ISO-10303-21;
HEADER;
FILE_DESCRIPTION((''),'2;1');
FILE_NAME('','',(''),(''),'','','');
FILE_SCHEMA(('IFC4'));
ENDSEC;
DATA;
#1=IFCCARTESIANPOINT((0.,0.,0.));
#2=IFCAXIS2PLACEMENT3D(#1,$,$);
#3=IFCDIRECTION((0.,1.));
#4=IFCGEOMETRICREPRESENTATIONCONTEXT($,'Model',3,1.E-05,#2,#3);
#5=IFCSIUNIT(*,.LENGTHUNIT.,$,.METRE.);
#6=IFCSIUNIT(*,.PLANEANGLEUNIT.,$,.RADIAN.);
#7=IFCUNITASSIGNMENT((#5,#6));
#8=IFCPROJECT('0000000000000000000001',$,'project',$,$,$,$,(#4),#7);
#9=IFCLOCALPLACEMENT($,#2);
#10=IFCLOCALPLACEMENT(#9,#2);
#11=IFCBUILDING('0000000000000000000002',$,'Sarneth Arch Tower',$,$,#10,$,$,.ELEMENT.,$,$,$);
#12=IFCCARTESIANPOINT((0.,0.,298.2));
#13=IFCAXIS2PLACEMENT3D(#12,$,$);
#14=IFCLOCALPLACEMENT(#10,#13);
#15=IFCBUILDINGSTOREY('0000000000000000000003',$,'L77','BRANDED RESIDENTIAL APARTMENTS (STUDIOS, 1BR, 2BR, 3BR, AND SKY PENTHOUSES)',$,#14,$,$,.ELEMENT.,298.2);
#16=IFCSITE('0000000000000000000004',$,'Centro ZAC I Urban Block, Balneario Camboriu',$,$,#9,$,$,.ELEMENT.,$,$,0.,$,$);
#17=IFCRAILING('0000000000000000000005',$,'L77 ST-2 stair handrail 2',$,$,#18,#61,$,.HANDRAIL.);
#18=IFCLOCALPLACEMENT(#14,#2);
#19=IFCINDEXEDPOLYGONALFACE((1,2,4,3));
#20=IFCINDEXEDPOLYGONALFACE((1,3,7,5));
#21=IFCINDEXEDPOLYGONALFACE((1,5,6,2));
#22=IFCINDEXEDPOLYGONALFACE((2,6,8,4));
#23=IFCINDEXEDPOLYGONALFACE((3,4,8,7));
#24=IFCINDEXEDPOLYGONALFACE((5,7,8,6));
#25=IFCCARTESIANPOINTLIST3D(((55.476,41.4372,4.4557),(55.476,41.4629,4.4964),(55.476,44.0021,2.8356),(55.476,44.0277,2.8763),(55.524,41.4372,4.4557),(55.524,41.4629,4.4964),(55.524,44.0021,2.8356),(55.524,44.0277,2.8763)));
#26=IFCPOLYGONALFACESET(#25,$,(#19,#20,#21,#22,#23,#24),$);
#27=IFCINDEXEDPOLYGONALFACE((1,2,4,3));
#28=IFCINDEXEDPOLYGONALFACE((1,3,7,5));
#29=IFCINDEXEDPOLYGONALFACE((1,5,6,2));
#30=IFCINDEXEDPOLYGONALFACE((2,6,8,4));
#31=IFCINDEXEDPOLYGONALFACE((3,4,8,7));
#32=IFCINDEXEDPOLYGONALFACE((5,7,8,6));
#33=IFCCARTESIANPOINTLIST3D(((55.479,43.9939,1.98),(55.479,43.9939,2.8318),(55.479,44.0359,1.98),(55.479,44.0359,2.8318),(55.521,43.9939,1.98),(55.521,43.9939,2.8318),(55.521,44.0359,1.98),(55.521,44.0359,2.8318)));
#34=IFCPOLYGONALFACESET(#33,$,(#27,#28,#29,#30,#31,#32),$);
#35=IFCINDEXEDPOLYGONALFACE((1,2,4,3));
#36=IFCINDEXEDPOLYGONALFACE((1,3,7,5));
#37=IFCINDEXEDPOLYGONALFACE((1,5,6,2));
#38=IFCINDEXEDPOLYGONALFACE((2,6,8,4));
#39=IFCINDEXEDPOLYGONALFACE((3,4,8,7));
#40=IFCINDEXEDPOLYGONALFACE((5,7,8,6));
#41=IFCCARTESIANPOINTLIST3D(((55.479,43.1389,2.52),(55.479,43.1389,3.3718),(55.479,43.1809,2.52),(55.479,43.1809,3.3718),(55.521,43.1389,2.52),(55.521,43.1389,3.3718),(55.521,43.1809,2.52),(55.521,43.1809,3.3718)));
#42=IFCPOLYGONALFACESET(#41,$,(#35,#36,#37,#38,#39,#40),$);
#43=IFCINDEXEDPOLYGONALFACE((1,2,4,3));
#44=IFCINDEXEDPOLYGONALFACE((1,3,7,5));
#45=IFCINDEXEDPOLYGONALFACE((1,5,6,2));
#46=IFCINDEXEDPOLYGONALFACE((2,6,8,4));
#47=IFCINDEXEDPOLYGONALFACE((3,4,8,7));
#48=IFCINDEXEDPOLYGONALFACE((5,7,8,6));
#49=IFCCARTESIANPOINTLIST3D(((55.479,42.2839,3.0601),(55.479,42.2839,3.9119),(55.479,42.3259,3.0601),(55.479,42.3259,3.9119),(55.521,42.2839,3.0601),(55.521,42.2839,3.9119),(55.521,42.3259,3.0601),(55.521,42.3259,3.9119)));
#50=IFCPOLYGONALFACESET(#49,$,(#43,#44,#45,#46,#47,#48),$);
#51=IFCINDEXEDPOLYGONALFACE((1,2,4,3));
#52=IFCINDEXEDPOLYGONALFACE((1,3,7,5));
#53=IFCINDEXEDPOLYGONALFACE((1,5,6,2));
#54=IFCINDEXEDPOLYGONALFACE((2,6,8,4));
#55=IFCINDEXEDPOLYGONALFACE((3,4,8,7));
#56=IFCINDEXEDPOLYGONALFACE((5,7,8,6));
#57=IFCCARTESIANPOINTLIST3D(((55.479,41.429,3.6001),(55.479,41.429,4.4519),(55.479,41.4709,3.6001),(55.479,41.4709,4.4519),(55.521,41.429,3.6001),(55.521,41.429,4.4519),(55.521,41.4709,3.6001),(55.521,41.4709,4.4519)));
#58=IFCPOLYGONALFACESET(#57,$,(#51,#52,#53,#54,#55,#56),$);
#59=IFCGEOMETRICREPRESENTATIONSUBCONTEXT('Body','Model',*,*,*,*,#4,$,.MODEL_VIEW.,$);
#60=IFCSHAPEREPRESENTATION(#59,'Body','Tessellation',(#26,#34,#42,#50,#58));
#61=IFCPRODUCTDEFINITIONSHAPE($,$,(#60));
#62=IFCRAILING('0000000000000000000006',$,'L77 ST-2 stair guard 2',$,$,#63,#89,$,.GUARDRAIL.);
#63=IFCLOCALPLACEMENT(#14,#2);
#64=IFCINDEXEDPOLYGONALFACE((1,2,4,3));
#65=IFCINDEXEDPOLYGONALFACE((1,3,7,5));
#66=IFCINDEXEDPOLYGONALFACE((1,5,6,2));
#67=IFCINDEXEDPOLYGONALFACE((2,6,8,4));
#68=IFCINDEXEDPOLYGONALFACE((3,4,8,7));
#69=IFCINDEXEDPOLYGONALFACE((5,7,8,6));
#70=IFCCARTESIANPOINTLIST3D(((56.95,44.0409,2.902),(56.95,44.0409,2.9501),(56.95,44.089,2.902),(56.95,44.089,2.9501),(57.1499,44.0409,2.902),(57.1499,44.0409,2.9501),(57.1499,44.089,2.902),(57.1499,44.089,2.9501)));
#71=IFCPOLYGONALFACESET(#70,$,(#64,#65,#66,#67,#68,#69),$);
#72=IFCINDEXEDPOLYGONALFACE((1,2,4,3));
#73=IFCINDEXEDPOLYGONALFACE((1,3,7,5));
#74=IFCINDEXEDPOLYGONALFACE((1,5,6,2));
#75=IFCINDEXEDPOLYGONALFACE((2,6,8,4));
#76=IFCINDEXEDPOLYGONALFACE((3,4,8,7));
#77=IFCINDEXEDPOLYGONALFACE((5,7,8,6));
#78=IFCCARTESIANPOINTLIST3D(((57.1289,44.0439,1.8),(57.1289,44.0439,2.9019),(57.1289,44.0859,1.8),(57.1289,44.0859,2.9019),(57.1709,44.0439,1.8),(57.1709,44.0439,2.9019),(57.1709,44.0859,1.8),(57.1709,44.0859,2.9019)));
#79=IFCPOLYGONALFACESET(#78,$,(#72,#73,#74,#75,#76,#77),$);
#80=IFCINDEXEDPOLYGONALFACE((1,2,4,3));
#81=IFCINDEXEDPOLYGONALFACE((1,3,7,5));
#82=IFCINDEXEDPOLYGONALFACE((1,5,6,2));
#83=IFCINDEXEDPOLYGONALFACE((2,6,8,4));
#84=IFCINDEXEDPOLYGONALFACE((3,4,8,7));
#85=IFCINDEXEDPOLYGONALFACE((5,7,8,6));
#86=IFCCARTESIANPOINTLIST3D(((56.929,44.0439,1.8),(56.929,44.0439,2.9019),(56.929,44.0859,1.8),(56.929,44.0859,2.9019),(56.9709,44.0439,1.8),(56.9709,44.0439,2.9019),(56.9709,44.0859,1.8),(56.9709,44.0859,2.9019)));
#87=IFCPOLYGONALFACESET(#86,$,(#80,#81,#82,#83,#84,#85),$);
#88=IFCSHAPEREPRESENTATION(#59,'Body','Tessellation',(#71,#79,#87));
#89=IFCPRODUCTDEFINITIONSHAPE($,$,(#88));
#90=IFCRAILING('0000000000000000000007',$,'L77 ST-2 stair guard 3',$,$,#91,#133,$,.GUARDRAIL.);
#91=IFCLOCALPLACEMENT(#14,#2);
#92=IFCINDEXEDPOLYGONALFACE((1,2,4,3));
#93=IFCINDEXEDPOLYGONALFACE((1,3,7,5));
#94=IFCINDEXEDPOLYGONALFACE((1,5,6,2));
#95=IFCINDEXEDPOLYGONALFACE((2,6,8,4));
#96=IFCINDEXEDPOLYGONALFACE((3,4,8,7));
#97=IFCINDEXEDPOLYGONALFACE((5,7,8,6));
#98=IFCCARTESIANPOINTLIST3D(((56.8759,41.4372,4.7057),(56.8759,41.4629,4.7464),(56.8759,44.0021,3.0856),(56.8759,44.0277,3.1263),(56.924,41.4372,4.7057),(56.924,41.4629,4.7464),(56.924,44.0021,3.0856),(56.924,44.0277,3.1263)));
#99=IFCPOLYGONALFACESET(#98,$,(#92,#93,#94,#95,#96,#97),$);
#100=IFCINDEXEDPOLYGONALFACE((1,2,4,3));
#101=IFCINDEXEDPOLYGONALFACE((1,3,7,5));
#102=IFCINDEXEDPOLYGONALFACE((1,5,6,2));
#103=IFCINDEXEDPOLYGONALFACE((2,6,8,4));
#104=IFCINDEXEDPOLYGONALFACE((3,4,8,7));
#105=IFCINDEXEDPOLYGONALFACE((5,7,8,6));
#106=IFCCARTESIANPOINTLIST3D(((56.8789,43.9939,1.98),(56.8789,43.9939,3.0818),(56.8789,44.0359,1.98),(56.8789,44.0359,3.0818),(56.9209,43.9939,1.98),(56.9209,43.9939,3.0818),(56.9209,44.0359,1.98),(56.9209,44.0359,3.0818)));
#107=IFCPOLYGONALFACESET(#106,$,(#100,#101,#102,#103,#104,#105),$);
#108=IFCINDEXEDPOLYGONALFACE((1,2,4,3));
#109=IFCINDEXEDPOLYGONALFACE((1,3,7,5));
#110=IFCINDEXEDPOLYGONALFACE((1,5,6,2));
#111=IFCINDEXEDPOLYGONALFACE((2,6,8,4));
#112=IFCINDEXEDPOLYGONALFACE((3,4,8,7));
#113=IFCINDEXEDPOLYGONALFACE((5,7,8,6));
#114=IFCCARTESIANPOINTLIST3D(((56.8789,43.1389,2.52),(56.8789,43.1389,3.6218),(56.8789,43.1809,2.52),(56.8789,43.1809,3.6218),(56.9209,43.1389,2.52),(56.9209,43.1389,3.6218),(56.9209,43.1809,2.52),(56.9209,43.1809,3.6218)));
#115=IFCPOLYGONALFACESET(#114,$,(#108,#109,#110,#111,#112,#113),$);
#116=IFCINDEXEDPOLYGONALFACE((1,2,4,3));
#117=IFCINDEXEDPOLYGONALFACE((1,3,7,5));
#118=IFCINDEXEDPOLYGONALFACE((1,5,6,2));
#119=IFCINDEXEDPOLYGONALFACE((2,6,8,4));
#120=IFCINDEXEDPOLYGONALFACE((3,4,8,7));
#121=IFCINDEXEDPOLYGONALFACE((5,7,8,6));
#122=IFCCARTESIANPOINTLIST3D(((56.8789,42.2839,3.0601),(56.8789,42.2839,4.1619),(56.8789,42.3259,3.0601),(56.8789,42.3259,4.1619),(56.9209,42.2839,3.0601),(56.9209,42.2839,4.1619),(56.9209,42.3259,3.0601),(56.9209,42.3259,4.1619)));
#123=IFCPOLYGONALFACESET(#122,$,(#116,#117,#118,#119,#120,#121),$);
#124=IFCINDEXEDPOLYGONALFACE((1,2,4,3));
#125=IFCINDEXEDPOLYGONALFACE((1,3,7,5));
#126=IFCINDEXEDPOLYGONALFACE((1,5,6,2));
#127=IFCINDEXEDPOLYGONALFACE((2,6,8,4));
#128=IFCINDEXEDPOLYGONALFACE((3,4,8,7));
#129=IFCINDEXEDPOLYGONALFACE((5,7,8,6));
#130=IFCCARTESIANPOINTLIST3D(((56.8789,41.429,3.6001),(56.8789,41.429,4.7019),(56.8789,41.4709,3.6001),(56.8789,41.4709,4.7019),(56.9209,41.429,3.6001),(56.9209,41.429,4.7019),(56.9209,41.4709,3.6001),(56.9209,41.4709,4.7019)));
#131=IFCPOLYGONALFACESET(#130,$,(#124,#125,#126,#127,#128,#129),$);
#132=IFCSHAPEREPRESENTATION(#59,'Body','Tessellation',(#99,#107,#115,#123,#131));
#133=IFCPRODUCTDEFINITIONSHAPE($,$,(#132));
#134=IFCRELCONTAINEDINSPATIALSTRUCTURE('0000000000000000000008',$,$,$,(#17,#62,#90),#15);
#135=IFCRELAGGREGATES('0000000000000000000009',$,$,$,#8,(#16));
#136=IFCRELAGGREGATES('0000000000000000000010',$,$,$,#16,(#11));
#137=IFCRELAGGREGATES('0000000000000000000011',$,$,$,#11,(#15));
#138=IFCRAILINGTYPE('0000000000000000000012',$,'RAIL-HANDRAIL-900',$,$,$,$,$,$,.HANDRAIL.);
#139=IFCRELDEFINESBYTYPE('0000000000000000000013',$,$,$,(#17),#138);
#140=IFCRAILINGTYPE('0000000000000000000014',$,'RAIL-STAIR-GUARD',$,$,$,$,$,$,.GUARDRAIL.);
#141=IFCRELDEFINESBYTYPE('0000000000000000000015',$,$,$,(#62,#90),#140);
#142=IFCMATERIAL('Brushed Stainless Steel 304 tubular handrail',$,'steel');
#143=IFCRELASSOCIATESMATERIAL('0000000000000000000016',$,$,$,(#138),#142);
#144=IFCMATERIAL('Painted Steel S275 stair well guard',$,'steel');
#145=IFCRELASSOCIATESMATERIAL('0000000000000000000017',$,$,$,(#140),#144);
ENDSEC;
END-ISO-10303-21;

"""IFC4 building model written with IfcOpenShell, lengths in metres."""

from ifc_helpers import new_model, si_unit, direction, frame, origin, origin_2d, place, context, subcontext, project, spatial, rectangle, extrude, material, type_object, element, save


model = new_model("IFC4")

# Units and contexts
model_context = context("Model", 3, precision=1e-05, world=origin(), true_north=direction((0.0, 1.0)))
body_context = subcontext(model_context, "Body", "Model", "MODEL_VIEW")
ifc_project = project(units=[si_unit("LENGTHUNIT", "METRE"), si_unit("PLANEANGLEUNIT", "RADIAN")], contexts=[model_context])

# Site, building, storey
site_placement = place(None, origin())
site = spatial("IfcSite", under=ifc_project, at=site_placement, Name="Centro ZAC I Urban Block, Balneario Camboriu", CompositionType="ELEMENT", RefElevation=0.0)
building_placement = place(site_placement, origin())
building = spatial("IfcBuilding", under=site, at=building_placement, Name="Sarneth Arch Tower", CompositionType="ELEMENT")
storey_placement = place(building_placement, frame((0.0, 0.0, 298.2)))
storey = spatial("IfcBuildingStorey", under=building, at=storey_placement, Name="L77", Description="BRANDED RESIDENTIAL APARTMENTS (STUDIOS, 1BR, 2BR, 3BR, AND SKY PENTHOUSES)", CompositionType="ELEMENT", Elevation=298.2)

# Railings
ifc_material_1 = material(Name="Brushed Stainless Steel 304 tubular handrail", Category="steel")
railing_type_1 = type_object("IfcRailingType", Name="RAIL-HANDRAIL-900", PredefinedType="HANDRAIL", material=ifc_material_1)
railing_1_placement = place(storey_placement, frame((55.5, 44.0149, 1.98)))
element("IfcRailing", 1, at=railing_1_placement, inside=storey, type_object=railing_type_1, Name="L77 ST-2 stair handrail 2", PredefinedType="HANDRAIL", context=body_context, shape_type="SweptSolid", body=[
    extrude(rectangle(XDim=0.0481, YDim=0.0481, at=origin_2d()), frame((0.0, 0.0, 0.876), z_axis=(0.0, -0.845466, 0.534029), x_axis=(1.0, 0.0, 0.0)), (0.0, 0.0, 1.0), 3.0337),
    extrude(rectangle(XDim=0.042, YDim=0.042, at=origin_2d()), origin(), (0.0, 0.0, 1.0), 0.8518),
    extrude(rectangle(XDim=0.042, YDim=0.042, at=origin_2d()), frame((0.0, -0.855, 0.54)), (0.0, 0.0, 1.0), 0.8518),
    extrude(rectangle(XDim=0.042, YDim=0.042, at=origin_2d()), frame((0.0, -1.71, 1.0801)), (0.0, 0.0, 1.0), 0.8518),
    extrude(rectangle(XDim=0.042, YDim=0.042, at=origin_2d()), frame((0.0, -2.5649, 1.6201)), (0.0, 0.0, 1.0), 0.8518),
])
ifc_material_2 = material(Name="Painted Steel S275 stair well guard", Category="steel")
railing_type_2 = type_object("IfcRailingType", Name="RAIL-STAIR-GUARD", PredefinedType="GUARDRAIL", material=ifc_material_2)
railing_2_placement = place(storey_placement, frame((57.1499, 44.0649, 1.8)))
element("IfcRailing", 2, at=railing_2_placement, inside=storey, type_object=railing_type_2, Name="L77 ST-2 stair guard 2", PredefinedType="GUARDRAIL", context=body_context, shape_type="SweptSolid", body=[
    extrude(rectangle(XDim=0.0481, YDim=0.0481, at=origin_2d()), frame((0.0, 0.0, 1.126), z_axis=(-1.0, 0.0, 0.0), x_axis=(0.0, -1.0, 0.0)), (0.0, 0.0, 1.0), 0.2),
    extrude(rectangle(XDim=0.042, YDim=0.042, at=origin_2d()), origin(), (0.0, 0.0, 1.0), 1.1018),
    extrude(rectangle(XDim=0.042, YDim=0.042, at=origin_2d()), frame((-0.2, 0.0, 0.0)), (0.0, 0.0, 1.0), 1.1018),
])
railing_3_placement = place(storey_placement, frame((56.8999, 44.0149, 1.98)))
element("IfcRailing", 3, at=railing_3_placement, inside=storey, type_object=railing_type_2, Name="L77 ST-2 stair guard 3", PredefinedType="GUARDRAIL", context=body_context, shape_type="SweptSolid", body=[
    extrude(rectangle(XDim=0.0481, YDim=0.0481, at=origin_2d()), frame((0.0, 0.0, 1.126), z_axis=(0.0, -0.845466, 0.534029), x_axis=(1.0, 0.0, 0.0)), (0.0, 0.0, 1.0), 3.0337),
    extrude(rectangle(XDim=0.042, YDim=0.042, at=origin_2d()), origin(), (0.0, 0.0, 1.0), 1.1018),
    extrude(rectangle(XDim=0.042, YDim=0.042, at=origin_2d()), frame((0.0, -0.855, 0.54)), (0.0, 0.0, 1.0), 1.1018),
    extrude(rectangle(XDim=0.042, YDim=0.042, at=origin_2d()), frame((0.0, -1.71, 1.0801)), (0.0, 0.0, 1.0), 1.1018),
    extrude(rectangle(XDim=0.042, YDim=0.042, at=origin_2d()), frame((0.0, -2.5649, 1.6201)), (0.0, 0.0, 1.0), 1.1018),
])

save(model, "model.ifc")
